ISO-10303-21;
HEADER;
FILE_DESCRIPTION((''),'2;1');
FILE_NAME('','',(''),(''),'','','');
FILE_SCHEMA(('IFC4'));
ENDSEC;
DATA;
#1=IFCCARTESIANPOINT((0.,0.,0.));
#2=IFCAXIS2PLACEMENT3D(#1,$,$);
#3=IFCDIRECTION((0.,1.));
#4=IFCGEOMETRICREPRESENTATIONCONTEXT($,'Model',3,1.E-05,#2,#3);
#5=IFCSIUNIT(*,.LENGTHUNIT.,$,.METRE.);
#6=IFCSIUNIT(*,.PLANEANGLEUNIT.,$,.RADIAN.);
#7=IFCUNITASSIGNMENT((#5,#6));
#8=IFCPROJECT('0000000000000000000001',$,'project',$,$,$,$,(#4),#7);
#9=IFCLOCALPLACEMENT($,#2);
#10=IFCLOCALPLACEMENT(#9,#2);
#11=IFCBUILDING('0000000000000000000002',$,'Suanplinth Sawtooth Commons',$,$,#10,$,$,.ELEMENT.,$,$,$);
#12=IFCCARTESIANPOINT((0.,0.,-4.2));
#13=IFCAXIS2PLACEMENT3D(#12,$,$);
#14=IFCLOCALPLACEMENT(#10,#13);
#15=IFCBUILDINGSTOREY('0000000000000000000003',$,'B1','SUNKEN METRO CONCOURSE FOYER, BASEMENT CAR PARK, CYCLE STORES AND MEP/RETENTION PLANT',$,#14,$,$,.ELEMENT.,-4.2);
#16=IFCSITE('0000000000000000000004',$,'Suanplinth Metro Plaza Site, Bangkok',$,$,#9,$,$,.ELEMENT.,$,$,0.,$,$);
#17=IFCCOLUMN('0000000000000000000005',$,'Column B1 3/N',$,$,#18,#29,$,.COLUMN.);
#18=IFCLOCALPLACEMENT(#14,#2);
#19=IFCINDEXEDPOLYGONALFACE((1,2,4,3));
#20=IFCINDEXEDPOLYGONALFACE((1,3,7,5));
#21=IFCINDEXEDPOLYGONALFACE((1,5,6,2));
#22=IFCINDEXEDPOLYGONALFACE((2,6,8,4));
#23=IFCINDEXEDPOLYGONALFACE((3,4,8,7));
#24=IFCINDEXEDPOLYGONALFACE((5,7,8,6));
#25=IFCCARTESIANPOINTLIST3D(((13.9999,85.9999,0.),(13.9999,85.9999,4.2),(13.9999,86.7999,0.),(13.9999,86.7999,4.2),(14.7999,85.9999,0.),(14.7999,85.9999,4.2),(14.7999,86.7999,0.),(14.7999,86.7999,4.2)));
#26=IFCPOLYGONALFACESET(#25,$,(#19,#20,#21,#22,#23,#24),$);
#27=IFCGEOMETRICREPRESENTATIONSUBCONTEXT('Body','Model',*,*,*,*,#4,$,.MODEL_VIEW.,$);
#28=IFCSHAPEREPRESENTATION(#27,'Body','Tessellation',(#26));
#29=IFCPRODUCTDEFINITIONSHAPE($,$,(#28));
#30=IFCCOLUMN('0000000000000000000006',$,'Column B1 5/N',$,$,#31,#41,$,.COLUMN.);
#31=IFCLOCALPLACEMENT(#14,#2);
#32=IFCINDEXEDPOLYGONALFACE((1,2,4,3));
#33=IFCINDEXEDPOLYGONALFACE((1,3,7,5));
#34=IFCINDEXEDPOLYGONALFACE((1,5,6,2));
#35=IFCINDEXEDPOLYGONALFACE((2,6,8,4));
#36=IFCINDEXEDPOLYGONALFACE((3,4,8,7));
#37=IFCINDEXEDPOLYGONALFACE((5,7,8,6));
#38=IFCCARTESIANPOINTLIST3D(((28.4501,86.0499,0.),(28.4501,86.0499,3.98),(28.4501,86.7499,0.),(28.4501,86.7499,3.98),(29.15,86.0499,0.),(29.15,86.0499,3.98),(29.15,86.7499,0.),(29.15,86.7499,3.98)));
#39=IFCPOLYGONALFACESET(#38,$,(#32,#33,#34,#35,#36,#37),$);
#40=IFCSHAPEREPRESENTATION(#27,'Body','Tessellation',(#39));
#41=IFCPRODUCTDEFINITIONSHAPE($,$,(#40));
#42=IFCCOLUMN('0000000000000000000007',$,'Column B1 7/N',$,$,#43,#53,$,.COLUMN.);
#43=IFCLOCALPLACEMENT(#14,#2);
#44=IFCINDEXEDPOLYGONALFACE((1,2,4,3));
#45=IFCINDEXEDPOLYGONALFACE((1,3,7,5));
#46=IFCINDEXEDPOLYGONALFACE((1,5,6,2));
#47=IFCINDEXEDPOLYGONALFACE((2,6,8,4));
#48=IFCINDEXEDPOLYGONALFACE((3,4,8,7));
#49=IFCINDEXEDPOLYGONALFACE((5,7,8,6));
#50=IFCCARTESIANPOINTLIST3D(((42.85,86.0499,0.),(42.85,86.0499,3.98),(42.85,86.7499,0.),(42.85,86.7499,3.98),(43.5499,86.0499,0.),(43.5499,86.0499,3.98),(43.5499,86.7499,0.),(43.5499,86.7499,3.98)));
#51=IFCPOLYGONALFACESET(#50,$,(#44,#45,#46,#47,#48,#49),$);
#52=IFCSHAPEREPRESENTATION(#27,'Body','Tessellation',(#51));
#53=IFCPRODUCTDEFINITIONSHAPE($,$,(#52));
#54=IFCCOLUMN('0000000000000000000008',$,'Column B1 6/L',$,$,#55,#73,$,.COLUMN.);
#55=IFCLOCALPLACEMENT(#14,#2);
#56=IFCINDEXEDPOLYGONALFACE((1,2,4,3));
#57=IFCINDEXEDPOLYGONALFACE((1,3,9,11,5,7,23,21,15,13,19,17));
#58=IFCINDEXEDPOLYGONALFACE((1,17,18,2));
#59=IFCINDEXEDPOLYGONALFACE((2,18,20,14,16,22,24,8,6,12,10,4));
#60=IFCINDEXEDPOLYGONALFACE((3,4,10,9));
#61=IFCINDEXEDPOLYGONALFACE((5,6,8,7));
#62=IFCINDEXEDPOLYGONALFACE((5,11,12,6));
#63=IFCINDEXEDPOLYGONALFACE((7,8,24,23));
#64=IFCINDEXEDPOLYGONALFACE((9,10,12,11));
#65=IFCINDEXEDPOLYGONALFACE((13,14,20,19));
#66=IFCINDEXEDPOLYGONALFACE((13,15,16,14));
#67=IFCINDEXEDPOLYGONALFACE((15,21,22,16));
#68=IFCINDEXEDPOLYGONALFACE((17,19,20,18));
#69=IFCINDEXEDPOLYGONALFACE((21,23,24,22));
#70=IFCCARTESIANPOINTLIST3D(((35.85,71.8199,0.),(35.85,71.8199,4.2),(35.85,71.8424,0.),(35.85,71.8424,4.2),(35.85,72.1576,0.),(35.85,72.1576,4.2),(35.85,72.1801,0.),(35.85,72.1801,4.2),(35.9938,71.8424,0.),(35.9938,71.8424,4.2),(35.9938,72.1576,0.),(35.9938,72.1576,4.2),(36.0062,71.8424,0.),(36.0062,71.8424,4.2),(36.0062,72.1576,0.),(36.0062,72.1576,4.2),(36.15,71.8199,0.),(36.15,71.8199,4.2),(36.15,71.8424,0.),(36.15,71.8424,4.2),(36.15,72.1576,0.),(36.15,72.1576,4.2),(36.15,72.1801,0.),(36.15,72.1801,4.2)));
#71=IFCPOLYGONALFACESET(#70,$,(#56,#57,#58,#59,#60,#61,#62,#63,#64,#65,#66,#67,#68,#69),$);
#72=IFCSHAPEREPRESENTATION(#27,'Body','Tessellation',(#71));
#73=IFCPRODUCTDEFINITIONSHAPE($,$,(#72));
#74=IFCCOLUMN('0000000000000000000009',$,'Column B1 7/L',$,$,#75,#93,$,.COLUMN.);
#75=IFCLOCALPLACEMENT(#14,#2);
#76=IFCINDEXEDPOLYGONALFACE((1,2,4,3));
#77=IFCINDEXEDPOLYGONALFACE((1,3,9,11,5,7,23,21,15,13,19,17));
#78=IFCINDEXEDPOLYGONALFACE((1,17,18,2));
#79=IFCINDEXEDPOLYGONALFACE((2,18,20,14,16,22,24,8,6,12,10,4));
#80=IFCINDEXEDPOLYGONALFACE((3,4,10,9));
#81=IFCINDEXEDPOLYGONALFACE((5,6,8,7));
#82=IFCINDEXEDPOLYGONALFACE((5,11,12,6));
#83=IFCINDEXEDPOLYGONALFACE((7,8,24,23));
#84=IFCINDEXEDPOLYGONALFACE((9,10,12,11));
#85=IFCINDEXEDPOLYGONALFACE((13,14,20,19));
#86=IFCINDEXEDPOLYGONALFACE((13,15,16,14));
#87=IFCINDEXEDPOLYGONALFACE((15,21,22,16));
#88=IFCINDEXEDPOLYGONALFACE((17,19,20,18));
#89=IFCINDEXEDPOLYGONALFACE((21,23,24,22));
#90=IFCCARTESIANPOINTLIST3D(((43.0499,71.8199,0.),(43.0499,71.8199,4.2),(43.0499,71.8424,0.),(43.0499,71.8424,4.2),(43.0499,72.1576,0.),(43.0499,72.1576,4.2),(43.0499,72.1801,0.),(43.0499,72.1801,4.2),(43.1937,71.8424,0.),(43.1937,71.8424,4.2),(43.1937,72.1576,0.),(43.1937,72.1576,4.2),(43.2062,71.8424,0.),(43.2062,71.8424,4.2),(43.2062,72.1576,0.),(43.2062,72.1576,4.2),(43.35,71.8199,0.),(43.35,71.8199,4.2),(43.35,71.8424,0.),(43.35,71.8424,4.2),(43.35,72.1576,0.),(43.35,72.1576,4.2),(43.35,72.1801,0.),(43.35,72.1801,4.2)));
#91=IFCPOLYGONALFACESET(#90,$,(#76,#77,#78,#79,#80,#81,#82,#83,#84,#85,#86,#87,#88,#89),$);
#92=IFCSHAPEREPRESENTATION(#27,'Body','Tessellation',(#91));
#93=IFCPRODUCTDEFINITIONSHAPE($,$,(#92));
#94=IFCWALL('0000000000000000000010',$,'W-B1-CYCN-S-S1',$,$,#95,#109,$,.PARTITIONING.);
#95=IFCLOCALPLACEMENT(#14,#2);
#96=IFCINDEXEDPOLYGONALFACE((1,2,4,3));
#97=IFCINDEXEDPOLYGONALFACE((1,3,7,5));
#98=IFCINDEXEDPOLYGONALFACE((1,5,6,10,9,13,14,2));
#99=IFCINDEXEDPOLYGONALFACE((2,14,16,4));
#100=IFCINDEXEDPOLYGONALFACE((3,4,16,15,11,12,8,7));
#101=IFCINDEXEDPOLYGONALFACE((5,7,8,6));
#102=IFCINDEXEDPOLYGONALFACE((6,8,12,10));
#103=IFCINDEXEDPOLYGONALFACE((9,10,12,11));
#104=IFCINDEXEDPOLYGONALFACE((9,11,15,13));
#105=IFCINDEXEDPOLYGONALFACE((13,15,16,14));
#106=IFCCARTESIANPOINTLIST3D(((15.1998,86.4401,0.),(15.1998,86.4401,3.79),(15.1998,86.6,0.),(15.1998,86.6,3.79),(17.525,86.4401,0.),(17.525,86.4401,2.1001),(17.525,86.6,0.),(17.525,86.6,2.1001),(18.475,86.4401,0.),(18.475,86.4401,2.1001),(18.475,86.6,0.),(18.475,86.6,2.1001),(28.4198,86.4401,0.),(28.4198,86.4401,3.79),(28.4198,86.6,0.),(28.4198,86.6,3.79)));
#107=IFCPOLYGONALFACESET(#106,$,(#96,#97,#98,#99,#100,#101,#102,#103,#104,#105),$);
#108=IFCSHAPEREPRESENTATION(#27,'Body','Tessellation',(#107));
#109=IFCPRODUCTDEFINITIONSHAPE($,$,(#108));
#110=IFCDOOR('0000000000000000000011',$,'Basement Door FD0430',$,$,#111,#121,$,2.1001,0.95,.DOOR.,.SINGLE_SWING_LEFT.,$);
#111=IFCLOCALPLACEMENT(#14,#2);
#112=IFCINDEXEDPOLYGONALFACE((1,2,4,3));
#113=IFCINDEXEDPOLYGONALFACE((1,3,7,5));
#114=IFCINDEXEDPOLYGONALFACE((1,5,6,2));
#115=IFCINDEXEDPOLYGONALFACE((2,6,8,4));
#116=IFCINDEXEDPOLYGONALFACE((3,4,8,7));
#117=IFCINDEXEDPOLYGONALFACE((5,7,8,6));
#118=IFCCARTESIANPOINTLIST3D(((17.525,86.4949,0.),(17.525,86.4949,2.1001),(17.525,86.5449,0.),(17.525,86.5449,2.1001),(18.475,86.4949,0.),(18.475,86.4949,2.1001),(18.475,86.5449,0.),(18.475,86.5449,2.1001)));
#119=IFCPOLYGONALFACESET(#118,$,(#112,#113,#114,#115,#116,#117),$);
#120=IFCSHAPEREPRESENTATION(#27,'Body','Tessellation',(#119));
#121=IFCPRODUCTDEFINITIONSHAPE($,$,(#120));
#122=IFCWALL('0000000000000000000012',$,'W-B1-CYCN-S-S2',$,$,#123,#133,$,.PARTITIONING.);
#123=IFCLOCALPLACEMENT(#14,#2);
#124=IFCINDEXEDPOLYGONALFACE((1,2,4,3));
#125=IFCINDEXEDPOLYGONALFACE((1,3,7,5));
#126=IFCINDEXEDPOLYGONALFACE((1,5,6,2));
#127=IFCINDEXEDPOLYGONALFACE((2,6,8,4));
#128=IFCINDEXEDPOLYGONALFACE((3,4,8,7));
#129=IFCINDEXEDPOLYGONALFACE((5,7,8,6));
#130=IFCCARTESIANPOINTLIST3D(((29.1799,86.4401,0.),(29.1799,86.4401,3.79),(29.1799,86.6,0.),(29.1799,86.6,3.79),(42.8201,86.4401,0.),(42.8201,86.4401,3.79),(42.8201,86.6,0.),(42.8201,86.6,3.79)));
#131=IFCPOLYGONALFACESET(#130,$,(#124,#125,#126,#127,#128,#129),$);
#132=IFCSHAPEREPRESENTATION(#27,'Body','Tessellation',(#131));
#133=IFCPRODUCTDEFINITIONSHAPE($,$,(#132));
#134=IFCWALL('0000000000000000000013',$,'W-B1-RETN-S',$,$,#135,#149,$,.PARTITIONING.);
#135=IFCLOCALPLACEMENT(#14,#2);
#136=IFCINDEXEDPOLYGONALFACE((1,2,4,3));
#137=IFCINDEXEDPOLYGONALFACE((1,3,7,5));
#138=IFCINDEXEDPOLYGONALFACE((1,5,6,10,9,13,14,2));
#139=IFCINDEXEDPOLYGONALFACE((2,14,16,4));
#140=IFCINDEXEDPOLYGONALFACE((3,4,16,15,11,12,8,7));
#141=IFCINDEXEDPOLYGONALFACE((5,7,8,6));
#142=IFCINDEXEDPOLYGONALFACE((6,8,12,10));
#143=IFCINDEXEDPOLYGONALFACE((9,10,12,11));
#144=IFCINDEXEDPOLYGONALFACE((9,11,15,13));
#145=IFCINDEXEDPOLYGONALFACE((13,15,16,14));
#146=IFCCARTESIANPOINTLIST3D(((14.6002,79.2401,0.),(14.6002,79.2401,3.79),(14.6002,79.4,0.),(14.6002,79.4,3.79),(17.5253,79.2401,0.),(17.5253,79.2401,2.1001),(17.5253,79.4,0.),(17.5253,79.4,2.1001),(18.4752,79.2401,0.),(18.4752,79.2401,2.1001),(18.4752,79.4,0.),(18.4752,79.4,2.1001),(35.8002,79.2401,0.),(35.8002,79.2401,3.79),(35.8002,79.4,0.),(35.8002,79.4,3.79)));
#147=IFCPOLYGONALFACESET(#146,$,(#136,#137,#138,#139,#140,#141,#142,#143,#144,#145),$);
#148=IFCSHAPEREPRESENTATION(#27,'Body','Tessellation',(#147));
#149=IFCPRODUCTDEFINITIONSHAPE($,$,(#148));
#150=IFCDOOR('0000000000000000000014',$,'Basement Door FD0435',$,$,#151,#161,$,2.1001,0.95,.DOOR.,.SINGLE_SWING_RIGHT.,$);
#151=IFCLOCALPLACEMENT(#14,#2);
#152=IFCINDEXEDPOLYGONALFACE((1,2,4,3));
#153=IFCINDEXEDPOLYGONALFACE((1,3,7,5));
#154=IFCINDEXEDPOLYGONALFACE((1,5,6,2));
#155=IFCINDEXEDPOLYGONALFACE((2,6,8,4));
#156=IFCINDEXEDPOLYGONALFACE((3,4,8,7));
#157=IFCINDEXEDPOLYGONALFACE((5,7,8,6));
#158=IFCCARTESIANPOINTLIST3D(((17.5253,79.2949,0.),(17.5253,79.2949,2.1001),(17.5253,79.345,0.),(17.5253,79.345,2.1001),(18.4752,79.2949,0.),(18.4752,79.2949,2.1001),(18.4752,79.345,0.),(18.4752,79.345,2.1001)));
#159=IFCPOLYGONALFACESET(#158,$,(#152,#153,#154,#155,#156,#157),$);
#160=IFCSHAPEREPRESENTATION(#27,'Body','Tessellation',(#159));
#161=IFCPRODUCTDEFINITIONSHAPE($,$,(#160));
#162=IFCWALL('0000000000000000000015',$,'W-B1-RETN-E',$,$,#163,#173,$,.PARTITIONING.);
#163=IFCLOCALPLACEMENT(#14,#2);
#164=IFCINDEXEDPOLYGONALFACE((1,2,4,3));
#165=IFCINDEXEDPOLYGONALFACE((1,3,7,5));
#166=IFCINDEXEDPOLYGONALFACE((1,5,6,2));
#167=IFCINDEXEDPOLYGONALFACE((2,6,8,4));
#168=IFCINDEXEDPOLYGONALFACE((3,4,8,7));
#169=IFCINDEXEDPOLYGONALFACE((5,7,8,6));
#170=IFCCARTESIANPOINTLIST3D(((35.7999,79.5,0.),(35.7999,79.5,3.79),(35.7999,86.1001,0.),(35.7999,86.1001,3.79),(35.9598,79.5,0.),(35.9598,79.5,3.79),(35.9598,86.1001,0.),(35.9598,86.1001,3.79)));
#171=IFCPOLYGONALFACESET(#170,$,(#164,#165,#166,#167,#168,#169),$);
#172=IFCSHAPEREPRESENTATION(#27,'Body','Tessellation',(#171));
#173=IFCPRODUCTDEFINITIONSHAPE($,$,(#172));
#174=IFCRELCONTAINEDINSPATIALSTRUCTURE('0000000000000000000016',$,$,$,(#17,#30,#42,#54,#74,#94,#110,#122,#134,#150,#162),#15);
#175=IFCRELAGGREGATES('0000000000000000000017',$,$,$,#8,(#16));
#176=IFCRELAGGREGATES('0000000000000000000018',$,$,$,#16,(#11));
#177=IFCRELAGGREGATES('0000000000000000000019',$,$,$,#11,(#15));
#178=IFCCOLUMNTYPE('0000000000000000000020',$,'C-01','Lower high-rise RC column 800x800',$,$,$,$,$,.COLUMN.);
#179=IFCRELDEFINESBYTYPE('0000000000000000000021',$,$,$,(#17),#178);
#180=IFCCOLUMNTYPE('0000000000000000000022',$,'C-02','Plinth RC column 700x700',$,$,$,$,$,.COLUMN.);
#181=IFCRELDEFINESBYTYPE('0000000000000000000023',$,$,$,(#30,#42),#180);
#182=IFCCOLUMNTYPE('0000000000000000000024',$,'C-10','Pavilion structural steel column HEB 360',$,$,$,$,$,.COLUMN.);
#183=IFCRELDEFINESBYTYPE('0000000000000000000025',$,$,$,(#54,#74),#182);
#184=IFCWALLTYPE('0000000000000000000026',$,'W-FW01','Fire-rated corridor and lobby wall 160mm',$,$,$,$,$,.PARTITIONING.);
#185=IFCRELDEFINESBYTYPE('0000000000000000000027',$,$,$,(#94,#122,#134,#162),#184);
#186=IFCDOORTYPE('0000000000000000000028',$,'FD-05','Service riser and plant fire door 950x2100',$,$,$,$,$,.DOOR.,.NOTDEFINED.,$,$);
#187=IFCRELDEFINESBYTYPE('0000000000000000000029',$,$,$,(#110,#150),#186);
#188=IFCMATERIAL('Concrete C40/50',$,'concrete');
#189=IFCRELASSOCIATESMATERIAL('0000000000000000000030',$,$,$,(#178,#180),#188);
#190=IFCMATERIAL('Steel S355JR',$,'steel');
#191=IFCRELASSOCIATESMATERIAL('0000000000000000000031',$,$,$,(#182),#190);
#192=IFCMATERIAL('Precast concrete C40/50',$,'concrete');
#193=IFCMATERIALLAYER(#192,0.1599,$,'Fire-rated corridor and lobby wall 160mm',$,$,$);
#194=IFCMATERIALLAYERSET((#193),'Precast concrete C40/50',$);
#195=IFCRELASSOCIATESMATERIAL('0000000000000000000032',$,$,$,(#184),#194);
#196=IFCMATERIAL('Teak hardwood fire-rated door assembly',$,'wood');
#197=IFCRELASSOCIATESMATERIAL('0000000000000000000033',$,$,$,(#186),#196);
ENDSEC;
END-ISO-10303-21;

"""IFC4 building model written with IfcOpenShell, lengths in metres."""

from ifc_helpers import new_model, si_unit, direction, frame, frame_2d, origin, origin_2d, place, context, subcontext, project, spatial, rectangle, i_section, extrude, material, layer, layer_set, material_profile, profile_set, type_object, element, fill, save


model = new_model("IFC4")

# Units and contexts
model_context = context("Model", 3, precision=1e-05, world=origin(), true_north=direction((0.0, 1.0)))
body_context = subcontext(model_context, "Body", "Model", "MODEL_VIEW")
ifc_project = project(units=[si_unit("LENGTHUNIT", "METRE"), si_unit("PLANEANGLEUNIT", "RADIAN")], contexts=[model_context])

# Site, building, storey
site_placement = place(None, origin())
site = spatial("IfcSite", under=ifc_project, at=site_placement, Name="Suanplinth Metro Plaza Site, Bangkok", CompositionType="ELEMENT", RefElevation=0.0)
building_placement = place(site_placement, origin())
building = spatial("IfcBuilding", under=site, at=building_placement, Name="Suanplinth Sawtooth Commons", CompositionType="ELEMENT")
storey_placement = place(building_placement, frame((0.0, 0.0, -4.2)))
storey = spatial("IfcBuildingStorey", under=building, at=storey_placement, Name="B1", Description="SUNKEN METRO CONCOURSE FOYER, BASEMENT CAR PARK, CYCLE STORES AND MEP/RETENTION PLANT", CompositionType="ELEMENT", Elevation=-4.2)

# Columns
ifc_material_1 = material(Name="Concrete C40/50", Category="concrete")
ifc_material_profile_1 = material_profile(ifc_material_1, rectangle(XDim=0.8, YDim=0.8, at=origin_2d()), Name="RC-COL 800x800")
ifc_profile_set_1 = profile_set([ifc_material_profile_1], Name="Concrete C40/50")
column_type_1 = type_object("IfcColumnType", Name="C-01", Description="Lower high-rise RC column 800x800", PredefinedType="COLUMN", material=ifc_profile_set_1)
column_placement = place(storey_placement, frame((14.3999, 86.3999, 0.0), z_axis=(0.0, 0.0, 1.0), x_axis=(1.0, 0.0, 0.0)))
element("IfcColumn", 1, at=column_placement, inside=storey, type_object=column_type_1, Name="Column B1 3/N", PredefinedType="COLUMN", context=body_context, shape_type="SweptSolid", body=[
    extrude(rectangle(XDim=0.8, YDim=0.8, at=origin_2d()), origin(), (0.0, 0.0, 1.0), 4.2),
])
ifc_material_profile_2 = material_profile(ifc_material_1, rectangle(XDim=0.7, YDim=0.7, at=origin_2d()), Name="RC-COL 700x700")
ifc_profile_set_2 = profile_set([ifc_material_profile_2], Name="Concrete C40/50")
column_type_2 = type_object("IfcColumnType", Name="C-02", Description="Plinth RC column 700x700", PredefinedType="COLUMN", material=ifc_profile_set_2)
for number, where, z_axis, x_axis, name in (
    (2, (28.8, 86.3999, 0.0), (0.0, 0.0, 1.0), (1.0, 0.0, 0.0), "Column B1 5/N"),
    (3, (43.2, 86.3999, 0.0), (0.0, 0.0, 1.0), (1.0, 0.0, 0.0), "Column B1 7/N"),
):
    element("IfcColumn", number, at=place(storey_placement, frame(where, z_axis=z_axis, x_axis=x_axis)), inside=storey, type_object=column_type_2, Name=name, PredefinedType="COLUMN", context=body_context, shape_type="SweptSolid", body=[
        extrude(rectangle(XDim=0.7, YDim=0.7, at=origin_2d()), origin(), (0.0, 0.0, 1.0), 3.98),
    ])
ifc_material_2 = material(Name="Steel S355JR", Category="steel")
ifc_material_profile_3 = material_profile(ifc_material_2, i_section(OverallWidth=0.3, OverallDepth=0.3601, WebThickness=0.0125, FlangeThickness=0.0225, at=origin_2d()), Name="HEB 360")
ifc_profile_set_3 = profile_set([ifc_material_profile_3], Name="Steel S355JR")
column_type_3 = type_object("IfcColumnType", Name="C-10", Description="Pavilion structural steel column HEB 360", PredefinedType="COLUMN", material=ifc_profile_set_3)
for number, where, z_axis, x_axis, name in (
    (4, (36.0, 72.0, 0.0), (0.0, 0.0, 1.0), (1.0, 0.0, 0.0), "Column B1 6/L"),
    (5, (43.2, 72.0, 0.0), (0.0, 0.0, 1.0), (1.0, 0.0, 0.0), "Column B1 7/L"),
):
    element("IfcColumn", number, at=place(storey_placement, frame(where, z_axis=z_axis, x_axis=x_axis)), inside=storey, type_object=column_type_3, Name=name, PredefinedType="COLUMN", context=body_context, shape_type="SweptSolid", body=[
        extrude(i_section(OverallWidth=0.3, OverallDepth=0.3601, WebThickness=0.0125, FlangeThickness=0.0225, at=origin_2d()), origin(), (0.0, 0.0, 1.0), 4.2),
    ])

# Wall, opening, door
ifc_material_3 = material(Name="Precast concrete C40/50", Category="concrete")
ifc_layer = layer(ifc_material_3, 0.1599, Name="Fire-rated corridor and lobby wall 160mm")
ifc_layer_set = layer_set([ifc_layer], Name="Precast concrete C40/50")
wall_type = type_object("IfcWallType", Name="W-FW01", Description="Fire-rated corridor and lobby wall 160mm", PredefinedType="PARTITIONING", material=ifc_layer_set)
wall_1_placement = place(storey_placement, frame((15.2, 86.52, 0.0), z_axis=(0.0, 0.0, 1.0), x_axis=(1.0, 0.0, 0.0)))
wall_1 = element("IfcWall", 6, at=wall_1_placement, inside=storey, type_object=wall_type, Name="W-B1-CYCN-S-S1", PredefinedType="PARTITIONING", context=body_context, shape_type="SweptSolid", body=[
    extrude(rectangle(XDim=13.22, YDim=0.1599, at=frame_2d((6.6099, 0.0))), origin(), (0.0, 0.0, 1.0), 3.79),
])
opening_1_placement = place(wall_1_placement, frame((2.325, 0.0, 0.0)))
opening_1 = element("IfcOpeningElement", 7, at=opening_1_placement, cuts=wall_1, PredefinedType="OPENING", context=body_context, shape_type="SweptSolid", body=[
    extrude(rectangle(XDim=0.95, YDim=2.1001, at=frame_2d((0.4751, 1.05))), frame((0.0, 0.0947, 0.0), z_axis=(0.0, -1.0, 0.0), x_axis=(1.0, 0.0, 0.0)), (0.0, 0.0, 1.0), 0.1897),
])
ifc_material_4 = material(Name="Teak hardwood fire-rated door assembly", Category="wood")
door_type = type_object("IfcDoorType", Name="FD-05", Description="Service riser and plant fire door 950x2100", OperationType="NOTDEFINED", PredefinedType="DOOR", material=ifc_material_4)
door_1_placement = place(opening_1_placement, origin())
door_1 = element("IfcDoor", 8, at=door_1_placement, inside=storey, type_object=door_type, Name="Basement Door FD0430", OperationType="SINGLE_SWING_LEFT", OverallHeight=2.1001, OverallWidth=0.95, PredefinedType="DOOR", context=body_context, shape_type="SweptSolid", body=[
    extrude(rectangle(XDim=0.95, YDim=2.1001, at=frame_2d((0.4751, 1.05))), frame((0.0, 0.0249, 0.0), z_axis=(0.0, -1.0, 0.0), x_axis=(1.0, 0.0, 0.0)), (0.0, 0.0, 1.0), 0.05),
])
fill(opening_1, door_1)

# Wall
wall_2_placement = place(storey_placement, frame((29.1799, 86.52, 0.0), z_axis=(0.0, 0.0, 1.0), x_axis=(1.0, 0.0, 0.0)))
element("IfcWall", 9, at=wall_2_placement, inside=storey, type_object=wall_type, Name="W-B1-CYCN-S-S2", PredefinedType="PARTITIONING", context=body_context, shape_type="SweptSolid", body=[
    extrude(rectangle(XDim=13.6401, YDim=0.1599, at=frame_2d((6.8201, 0.0))), origin(), (0.0, 0.0, 1.0), 3.79),
])

# Wall, opening, door
wall_3_placement = place(storey_placement, frame((14.6001, 79.3201, 0.0), z_axis=(0.0, 0.0, 1.0), x_axis=(1.0, 0.0, 0.0)))
wall_3 = element("IfcWall", 10, at=wall_3_placement, inside=storey, type_object=wall_type, Name="W-B1-RETN-S", PredefinedType="PARTITIONING", context=body_context, shape_type="SweptSolid", body=[
    extrude(rectangle(XDim=21.2, YDim=0.1599, at=frame_2d((10.6001, 0.0))), origin(), (0.0, 0.0, 1.0), 3.79),
])
opening_2_placement = place(wall_3_placement, frame((2.925, 0.0, 0.0)))
opening_2 = element("IfcOpeningElement", 11, at=opening_2_placement, cuts=wall_3, PredefinedType="OPENING", context=body_context, shape_type="SweptSolid", body=[
    extrude(rectangle(XDim=0.95, YDim=2.1001, at=frame_2d((0.4751, 1.05))), frame((0.0, 0.0947, 0.0), z_axis=(0.0, -1.0, 0.0), x_axis=(1.0, 0.0, 0.0)), (0.0, 0.0, 1.0), 0.1897),
])
door_2_placement = place(opening_2_placement, origin())
door_2 = element("IfcDoor", 12, at=door_2_placement, inside=storey, type_object=door_type, Name="Basement Door FD0435", OperationType="SINGLE_SWING_RIGHT", OverallHeight=2.1001, OverallWidth=0.95, PredefinedType="DOOR", context=body_context, shape_type="SweptSolid", body=[
    extrude(rectangle(XDim=0.95, YDim=2.1001, at=frame_2d((0.4751, 1.05))), frame((0.0, 0.0249, 0.0), z_axis=(0.0, -1.0, 0.0), x_axis=(1.0, 0.0, 0.0)), (0.0, 0.0, 1.0), 0.05),
])
fill(opening_2, door_2)

# Wall
wall_4_placement = place(storey_placement, frame((35.8799, 79.5, 0.0), z_axis=(0.0, 0.0, 1.0), x_axis=(0.0, 1.0, 0.0)))
element("IfcWall", 13, at=wall_4_placement, inside=storey, type_object=wall_type, Name="W-B1-RETN-E", PredefinedType="PARTITIONING", context=body_context, shape_type="SweptSolid", body=[
    extrude(rectangle(XDim=6.6001, YDim=0.1599, at=frame_2d((3.3, 0.0))), origin(), (0.0, 0.0, 1.0), 3.79),
])

save(model, "model.ifc")
